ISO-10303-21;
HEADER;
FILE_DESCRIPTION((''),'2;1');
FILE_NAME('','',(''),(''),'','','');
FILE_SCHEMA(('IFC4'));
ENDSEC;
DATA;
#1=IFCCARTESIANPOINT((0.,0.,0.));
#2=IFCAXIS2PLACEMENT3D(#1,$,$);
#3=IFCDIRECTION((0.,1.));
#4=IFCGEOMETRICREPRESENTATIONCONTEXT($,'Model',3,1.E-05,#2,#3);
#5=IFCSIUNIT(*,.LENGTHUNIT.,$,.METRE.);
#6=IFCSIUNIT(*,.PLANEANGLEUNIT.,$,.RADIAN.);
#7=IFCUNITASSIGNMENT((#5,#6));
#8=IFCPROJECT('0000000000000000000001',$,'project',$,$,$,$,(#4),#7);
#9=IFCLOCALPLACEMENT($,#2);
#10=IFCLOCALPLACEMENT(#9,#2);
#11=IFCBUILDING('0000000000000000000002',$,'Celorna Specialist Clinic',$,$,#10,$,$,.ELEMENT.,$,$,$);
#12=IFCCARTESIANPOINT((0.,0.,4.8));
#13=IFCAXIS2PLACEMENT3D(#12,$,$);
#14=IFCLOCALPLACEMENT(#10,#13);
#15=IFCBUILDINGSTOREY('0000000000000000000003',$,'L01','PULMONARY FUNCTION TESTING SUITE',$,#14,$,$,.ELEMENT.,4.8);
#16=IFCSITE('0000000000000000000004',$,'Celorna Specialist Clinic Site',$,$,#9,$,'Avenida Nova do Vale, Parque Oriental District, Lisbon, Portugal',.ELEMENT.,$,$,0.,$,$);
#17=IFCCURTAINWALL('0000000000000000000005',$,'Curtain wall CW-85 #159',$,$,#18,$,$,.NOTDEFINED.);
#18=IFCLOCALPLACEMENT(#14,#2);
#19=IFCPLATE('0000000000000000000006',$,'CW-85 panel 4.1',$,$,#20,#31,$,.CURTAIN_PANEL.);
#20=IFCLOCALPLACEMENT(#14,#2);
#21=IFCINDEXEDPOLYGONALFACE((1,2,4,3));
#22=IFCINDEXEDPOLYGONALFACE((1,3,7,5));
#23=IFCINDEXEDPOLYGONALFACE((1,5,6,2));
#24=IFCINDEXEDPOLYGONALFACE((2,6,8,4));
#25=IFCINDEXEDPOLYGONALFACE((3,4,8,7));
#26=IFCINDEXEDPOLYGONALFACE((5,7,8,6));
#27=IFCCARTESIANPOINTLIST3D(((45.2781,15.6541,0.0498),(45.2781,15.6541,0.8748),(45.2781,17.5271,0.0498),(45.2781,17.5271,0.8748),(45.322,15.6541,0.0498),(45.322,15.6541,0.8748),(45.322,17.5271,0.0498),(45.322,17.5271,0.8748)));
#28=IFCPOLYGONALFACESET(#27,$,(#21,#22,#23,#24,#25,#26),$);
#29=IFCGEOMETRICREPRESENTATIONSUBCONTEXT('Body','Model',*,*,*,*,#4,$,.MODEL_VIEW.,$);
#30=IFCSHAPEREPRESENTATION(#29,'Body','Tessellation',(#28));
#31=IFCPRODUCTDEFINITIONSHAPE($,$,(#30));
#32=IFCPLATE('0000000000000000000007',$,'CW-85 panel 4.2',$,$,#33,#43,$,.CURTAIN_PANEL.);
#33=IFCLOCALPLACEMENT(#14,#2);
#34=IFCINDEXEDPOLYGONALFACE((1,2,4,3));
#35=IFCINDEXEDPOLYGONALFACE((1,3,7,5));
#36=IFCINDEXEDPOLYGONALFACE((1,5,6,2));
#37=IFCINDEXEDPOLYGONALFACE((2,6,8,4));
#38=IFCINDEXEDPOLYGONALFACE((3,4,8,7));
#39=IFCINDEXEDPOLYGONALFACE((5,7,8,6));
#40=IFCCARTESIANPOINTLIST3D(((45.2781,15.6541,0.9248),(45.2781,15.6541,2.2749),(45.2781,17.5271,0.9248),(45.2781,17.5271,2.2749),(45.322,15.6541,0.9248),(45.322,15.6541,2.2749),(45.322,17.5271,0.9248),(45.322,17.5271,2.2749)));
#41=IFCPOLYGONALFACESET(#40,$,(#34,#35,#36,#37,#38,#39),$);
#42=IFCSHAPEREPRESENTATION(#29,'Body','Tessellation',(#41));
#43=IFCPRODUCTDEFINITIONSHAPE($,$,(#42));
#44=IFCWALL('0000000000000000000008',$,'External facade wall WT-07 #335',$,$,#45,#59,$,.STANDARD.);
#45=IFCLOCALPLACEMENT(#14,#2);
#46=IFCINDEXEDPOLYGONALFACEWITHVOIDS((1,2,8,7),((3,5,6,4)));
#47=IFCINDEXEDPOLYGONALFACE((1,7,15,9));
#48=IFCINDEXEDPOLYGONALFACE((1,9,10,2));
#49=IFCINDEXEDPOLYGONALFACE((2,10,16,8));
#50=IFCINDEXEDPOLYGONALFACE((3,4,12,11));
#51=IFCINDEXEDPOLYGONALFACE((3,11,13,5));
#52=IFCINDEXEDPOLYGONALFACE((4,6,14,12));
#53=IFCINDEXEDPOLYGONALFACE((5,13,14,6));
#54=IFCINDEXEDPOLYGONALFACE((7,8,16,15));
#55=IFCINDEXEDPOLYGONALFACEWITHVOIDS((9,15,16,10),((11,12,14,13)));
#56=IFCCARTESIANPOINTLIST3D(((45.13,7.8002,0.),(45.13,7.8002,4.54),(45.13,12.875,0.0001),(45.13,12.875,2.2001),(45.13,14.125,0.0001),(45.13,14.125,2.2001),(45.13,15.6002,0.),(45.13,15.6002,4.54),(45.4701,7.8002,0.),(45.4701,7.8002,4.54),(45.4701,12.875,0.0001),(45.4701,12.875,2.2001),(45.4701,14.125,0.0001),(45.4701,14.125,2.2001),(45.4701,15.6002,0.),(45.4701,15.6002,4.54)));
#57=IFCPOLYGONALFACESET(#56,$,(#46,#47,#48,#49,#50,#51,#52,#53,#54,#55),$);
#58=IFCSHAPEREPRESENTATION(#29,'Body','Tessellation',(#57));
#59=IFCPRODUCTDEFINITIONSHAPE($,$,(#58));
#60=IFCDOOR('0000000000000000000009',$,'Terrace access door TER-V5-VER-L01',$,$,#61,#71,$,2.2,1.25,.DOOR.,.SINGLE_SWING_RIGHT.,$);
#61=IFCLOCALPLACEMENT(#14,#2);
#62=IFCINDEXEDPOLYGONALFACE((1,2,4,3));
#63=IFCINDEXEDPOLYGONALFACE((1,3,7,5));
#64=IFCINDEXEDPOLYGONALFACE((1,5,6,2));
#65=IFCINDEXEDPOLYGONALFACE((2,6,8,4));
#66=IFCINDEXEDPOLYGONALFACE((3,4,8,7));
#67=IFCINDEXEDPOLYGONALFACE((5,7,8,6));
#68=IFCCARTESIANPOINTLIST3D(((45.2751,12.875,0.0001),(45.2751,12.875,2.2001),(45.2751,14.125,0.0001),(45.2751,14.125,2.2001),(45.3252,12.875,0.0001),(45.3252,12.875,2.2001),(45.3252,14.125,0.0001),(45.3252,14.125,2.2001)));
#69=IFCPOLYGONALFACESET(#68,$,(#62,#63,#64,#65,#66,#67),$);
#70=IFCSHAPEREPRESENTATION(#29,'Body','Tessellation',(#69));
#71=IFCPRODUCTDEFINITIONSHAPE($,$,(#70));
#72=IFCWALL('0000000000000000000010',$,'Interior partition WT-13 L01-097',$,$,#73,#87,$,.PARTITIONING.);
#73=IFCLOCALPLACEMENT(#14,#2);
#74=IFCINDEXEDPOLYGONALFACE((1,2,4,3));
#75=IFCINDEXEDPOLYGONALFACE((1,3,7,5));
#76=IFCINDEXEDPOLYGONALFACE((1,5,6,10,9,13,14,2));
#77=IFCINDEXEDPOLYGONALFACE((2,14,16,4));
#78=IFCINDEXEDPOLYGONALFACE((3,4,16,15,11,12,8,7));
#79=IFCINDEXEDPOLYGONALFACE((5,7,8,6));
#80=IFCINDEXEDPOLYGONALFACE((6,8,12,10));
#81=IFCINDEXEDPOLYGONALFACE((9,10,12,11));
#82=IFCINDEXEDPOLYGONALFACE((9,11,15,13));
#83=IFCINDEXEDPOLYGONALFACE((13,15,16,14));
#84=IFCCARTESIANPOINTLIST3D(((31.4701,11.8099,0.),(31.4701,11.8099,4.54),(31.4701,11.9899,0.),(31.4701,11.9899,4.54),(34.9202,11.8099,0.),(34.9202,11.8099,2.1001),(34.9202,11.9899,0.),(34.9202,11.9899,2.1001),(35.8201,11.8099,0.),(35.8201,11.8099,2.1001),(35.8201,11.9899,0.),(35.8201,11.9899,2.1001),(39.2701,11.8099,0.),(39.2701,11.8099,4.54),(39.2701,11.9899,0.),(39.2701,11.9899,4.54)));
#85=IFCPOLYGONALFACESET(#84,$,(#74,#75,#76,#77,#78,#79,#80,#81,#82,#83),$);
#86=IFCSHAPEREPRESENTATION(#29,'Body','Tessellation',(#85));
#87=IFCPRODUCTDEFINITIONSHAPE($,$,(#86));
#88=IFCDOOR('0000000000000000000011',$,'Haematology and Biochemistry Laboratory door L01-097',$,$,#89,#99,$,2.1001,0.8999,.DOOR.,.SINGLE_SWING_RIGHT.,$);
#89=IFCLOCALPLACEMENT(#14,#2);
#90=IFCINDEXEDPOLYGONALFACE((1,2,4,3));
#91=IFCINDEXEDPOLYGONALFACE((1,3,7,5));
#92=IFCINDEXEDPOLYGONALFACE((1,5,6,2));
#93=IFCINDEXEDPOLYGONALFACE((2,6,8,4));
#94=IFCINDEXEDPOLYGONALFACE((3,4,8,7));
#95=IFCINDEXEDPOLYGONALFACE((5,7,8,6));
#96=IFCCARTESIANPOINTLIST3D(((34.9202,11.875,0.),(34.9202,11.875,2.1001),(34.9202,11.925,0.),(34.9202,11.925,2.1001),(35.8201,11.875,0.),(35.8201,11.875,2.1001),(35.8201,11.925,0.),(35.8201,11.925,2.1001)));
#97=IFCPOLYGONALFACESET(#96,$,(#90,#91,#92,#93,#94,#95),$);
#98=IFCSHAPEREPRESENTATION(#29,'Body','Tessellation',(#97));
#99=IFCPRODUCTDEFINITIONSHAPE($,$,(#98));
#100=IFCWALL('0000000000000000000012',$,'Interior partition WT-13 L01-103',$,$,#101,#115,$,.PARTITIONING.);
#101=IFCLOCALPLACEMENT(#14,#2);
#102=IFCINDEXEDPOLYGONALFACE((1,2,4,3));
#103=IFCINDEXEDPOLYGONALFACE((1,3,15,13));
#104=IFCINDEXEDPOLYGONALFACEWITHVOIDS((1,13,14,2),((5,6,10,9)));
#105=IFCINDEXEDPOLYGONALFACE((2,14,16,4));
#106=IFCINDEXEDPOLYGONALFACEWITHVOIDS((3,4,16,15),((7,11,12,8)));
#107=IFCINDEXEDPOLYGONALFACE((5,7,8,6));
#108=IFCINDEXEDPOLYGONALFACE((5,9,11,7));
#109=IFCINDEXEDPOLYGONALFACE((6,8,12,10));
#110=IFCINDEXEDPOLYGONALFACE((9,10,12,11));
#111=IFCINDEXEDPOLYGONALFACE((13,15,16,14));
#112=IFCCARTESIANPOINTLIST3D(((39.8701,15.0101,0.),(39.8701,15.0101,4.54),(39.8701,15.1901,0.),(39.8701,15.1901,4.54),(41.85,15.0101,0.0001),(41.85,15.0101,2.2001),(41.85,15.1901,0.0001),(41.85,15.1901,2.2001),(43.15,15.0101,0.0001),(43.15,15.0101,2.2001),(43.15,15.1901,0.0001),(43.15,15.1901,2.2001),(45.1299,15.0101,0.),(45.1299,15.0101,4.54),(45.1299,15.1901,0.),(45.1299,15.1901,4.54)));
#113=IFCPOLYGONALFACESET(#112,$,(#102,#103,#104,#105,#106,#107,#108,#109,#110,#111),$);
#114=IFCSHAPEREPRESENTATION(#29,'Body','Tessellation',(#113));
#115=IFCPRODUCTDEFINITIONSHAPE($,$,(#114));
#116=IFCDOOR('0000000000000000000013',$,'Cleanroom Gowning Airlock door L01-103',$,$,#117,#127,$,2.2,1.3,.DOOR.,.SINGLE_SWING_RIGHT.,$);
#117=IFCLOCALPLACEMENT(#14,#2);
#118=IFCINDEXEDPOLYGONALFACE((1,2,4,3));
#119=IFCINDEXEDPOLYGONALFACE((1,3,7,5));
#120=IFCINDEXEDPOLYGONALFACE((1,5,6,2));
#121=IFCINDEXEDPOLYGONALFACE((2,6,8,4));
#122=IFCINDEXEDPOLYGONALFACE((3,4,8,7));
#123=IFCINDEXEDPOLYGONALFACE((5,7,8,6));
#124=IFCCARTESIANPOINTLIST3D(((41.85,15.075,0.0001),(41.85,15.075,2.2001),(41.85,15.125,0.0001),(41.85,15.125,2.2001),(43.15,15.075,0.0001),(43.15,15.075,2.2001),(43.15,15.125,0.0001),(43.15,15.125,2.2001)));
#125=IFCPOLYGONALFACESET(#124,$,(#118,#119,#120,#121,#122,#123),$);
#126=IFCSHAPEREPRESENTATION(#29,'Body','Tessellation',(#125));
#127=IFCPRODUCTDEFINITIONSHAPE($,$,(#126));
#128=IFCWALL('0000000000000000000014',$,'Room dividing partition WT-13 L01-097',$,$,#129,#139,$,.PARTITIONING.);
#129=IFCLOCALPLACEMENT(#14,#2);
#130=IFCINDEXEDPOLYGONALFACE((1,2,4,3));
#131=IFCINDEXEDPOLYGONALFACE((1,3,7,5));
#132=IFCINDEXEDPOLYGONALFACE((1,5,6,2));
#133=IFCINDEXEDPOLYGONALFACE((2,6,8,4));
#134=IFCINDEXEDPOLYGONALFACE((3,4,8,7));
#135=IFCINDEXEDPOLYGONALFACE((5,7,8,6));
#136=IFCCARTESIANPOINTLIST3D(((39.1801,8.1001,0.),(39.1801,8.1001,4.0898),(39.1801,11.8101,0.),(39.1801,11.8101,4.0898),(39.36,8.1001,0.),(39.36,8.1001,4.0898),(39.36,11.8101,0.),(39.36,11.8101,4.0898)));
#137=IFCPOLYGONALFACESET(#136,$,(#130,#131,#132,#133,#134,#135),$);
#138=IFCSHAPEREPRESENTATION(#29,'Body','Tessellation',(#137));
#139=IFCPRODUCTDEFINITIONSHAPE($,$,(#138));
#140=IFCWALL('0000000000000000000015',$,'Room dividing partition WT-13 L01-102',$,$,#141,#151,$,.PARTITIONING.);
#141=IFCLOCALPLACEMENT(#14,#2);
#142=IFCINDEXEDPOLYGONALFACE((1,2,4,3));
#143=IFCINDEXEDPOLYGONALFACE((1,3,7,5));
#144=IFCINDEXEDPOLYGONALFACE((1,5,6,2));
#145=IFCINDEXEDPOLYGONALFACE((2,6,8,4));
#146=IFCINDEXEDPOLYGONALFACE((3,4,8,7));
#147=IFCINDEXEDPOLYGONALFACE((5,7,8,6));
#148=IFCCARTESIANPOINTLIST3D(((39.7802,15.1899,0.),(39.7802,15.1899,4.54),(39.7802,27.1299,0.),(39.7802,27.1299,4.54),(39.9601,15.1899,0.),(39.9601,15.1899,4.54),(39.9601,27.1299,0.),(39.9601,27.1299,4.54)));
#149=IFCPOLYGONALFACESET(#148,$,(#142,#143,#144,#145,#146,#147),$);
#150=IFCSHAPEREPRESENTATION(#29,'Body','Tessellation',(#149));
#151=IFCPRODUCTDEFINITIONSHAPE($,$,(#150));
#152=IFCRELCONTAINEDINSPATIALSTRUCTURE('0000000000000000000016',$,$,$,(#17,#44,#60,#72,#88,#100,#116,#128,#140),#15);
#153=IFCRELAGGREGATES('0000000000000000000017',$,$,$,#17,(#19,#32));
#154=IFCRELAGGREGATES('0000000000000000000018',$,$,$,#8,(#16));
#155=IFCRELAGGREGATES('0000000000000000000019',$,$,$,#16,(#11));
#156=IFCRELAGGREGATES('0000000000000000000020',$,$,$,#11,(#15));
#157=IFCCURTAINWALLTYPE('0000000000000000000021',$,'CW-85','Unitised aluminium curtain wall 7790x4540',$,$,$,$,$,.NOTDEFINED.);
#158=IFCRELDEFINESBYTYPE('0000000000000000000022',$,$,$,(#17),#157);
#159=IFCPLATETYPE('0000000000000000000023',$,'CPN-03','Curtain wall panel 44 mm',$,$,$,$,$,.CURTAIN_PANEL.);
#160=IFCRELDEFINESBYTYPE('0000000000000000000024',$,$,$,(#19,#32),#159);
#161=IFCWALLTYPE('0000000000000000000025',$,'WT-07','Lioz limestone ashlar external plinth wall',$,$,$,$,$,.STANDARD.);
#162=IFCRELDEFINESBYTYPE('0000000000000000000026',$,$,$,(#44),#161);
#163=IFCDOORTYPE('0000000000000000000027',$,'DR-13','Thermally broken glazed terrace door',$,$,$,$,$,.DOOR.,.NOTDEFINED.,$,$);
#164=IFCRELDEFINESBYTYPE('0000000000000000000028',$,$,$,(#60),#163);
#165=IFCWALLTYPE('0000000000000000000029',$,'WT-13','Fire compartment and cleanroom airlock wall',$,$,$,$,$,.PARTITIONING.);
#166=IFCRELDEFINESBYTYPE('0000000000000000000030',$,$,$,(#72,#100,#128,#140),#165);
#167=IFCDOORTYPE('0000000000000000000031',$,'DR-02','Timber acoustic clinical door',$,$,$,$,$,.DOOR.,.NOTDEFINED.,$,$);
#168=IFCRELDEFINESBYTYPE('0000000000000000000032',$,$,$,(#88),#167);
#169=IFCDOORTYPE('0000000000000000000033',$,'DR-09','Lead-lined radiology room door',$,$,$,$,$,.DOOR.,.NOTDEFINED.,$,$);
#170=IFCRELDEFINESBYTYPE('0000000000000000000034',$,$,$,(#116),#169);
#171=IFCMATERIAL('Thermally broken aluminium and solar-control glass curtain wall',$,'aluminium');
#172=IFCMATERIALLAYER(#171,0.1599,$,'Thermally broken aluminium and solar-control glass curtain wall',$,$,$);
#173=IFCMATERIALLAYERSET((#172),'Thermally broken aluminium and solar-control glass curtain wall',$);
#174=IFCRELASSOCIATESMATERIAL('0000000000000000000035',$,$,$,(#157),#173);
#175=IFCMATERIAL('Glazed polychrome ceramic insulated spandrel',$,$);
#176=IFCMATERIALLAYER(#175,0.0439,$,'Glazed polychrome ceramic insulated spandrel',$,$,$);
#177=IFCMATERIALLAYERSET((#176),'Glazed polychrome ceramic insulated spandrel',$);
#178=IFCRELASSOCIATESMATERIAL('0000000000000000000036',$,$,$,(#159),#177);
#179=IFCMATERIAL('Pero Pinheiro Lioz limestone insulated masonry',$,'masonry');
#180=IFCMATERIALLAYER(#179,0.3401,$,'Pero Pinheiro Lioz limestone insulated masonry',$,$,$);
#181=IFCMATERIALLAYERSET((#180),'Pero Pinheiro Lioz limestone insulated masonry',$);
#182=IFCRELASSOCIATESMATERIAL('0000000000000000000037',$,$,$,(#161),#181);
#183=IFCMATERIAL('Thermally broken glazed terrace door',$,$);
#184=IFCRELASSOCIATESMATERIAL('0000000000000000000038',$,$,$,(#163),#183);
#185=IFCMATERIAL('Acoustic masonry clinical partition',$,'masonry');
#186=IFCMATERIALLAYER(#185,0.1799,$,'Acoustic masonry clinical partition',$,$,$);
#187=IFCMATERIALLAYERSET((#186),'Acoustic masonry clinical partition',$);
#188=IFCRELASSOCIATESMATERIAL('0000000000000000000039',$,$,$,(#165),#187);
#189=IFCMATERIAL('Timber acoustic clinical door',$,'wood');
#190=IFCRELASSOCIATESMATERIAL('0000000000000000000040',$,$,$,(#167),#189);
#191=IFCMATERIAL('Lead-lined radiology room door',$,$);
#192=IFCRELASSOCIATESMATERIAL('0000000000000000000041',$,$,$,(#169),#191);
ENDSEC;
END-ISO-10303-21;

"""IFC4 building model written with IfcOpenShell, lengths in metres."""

from ifc_helpers import new_model, si_unit, direction, frame, frame_2d, origin, origin_2d, place, context, subcontext, project, spatial, rectangle, extrude, material, layer, layer_set, type_object, element, fill, aggregate, save


model = new_model("IFC4")

# Units and contexts
model_context = context("Model", 3, precision=1e-05, world=origin(), true_north=direction((0.0, 1.0)))
body_context = subcontext(model_context, "Body", "Model", "MODEL_VIEW")
ifc_project = project(units=[si_unit("LENGTHUNIT", "METRE"), si_unit("PLANEANGLEUNIT", "RADIAN")], contexts=[model_context])

# Site, building, storey
site_placement = place(None, origin())
site = spatial("IfcSite", under=ifc_project, at=site_placement, Name="Celorna Specialist Clinic Site", LongName="Avenida Nova do Vale, Parque Oriental District, Lisbon, Portugal", CompositionType="ELEMENT", RefElevation=0.0)
building_placement = place(site_placement, origin())
building = spatial("IfcBuilding", under=site, at=building_placement, Name="Celorna Specialist Clinic", CompositionType="ELEMENT")
storey_placement = place(building_placement, frame((0.0, 0.0, 4.8)))
storey = spatial("IfcBuildingStorey", under=building, at=storey_placement, Name="L01", Description="PULMONARY FUNCTION TESTING SUITE", CompositionType="ELEMENT", Elevation=4.8)

# Curtain wall
ifc_material_1 = material(Name="Thermally broken aluminium and solar-control glass curtain wall", Category="aluminium")
ifc_layer_1 = layer(ifc_material_1, 0.1599, Name="Thermally broken aluminium and solar-control glass curtain wall")
ifc_layer_set_1 = layer_set([ifc_layer_1], Name="Thermally broken aluminium and solar-control glass curtain wall")
curtain_wall_type_1 = type_object("IfcCurtainWallType", Name="CW-85", Description="Unitised aluminium curtain wall 7790x4540", PredefinedType="NOTDEFINED", material=ifc_layer_set_1)
curtain_wall_1_placement = place(storey_placement, origin())
curtain_wall_1 = element("IfcCurtainWall", 1, at=curtain_wall_1_placement, inside=storey, type_object=curtain_wall_type_1, Name="Curtain wall CW-85 #159", PredefinedType="NOTDEFINED")

# Plates
ifc_material_2 = material(Name="Glazed polychrome ceramic insulated spandrel")
ifc_layer_2 = layer(ifc_material_2, 0.0439, Name="Glazed polychrome ceramic insulated spandrel")
ifc_layer_set_2 = layer_set([ifc_layer_2], Name="Glazed polychrome ceramic insulated spandrel")
plate_type = type_object("IfcPlateType", Name="CPN-03", Description="Curtain wall panel 44 mm", PredefinedType="CURTAIN_PANEL", material=ifc_layer_set_2)
plate_1_placement = place(storey_placement, frame((45.3, 16.5906, 0.0498), z_axis=(0.0, 0.0, 1.0), x_axis=(0.0, -1.0, 0.0)))
plate_1 = element("IfcPlate", 2, at=plate_1_placement, type_object=plate_type, Name="CW-85 panel 4.1", PredefinedType="CURTAIN_PANEL", context=body_context, shape_type="SweptSolid", body=[
    extrude(rectangle(XDim=1.873, YDim=0.0439, at=origin_2d()), origin(), (0.0, 0.0, 1.0), 0.825),
])
plate_2_placement = place(storey_placement, frame((45.3, 16.5906, 0.9248), z_axis=(0.0, 0.0, 1.0), x_axis=(0.0, -1.0, 0.0)))
plate_2 = element("IfcPlate", 3, at=plate_2_placement, type_object=plate_type, Name="CW-85 panel 4.2", PredefinedType="CURTAIN_PANEL", context=body_context, shape_type="SweptSolid", body=[
    extrude(rectangle(XDim=1.873, YDim=0.0439, at=origin_2d()), origin(), (0.0, 0.0, 1.0), 1.3501),
])
aggregate(curtain_wall_1, [plate_1, plate_2])

# Walls, openings, doors
ifc_material_3 = material(Name="Pero Pinheiro Lioz limestone insulated masonry", Category="masonry")
ifc_layer_3 = layer(ifc_material_3, 0.3401, Name="Pero Pinheiro Lioz limestone insulated masonry")
ifc_layer_set_3 = layer_set([ifc_layer_3], Name="Pero Pinheiro Lioz limestone insulated masonry")
wall_type_1 = type_object("IfcWallType", Name="WT-07", Description="Lioz limestone ashlar external plinth wall", PredefinedType="STANDARD", material=ifc_layer_set_3)
wall_1_placement = place(storey_placement, frame((45.3, 15.6001, 0.0), z_axis=(0.0, 0.0, 1.0), x_axis=(0.0, -1.0, 0.0)))
wall_1 = element("IfcWall", 4, at=wall_1_placement, inside=storey, type_object=wall_type_1, Name="External facade wall WT-07 #335", PredefinedType="STANDARD", context=body_context, shape_type="SweptSolid", body=[
    extrude(rectangle(XDim=7.8, YDim=0.3401, at=frame_2d((3.8999, 0.0))), origin(), (0.0, 0.0, 1.0), 4.54),
])
opening_1_placement = place(wall_1_placement, frame((1.4751, 0.0, 0.0)))
opening_1 = element("IfcOpeningElement", 5, at=opening_1_placement, cuts=wall_1, PredefinedType="OPENING", context=body_context, shape_type="SweptSolid", body=[
    extrude(rectangle(XDim=1.25, YDim=2.2, at=frame_2d((0.625, 1.1001))), frame((0.0, 0.1799, 0.0), z_axis=(0.0, -1.0, 0.0), x_axis=(1.0, 0.0, 0.0)), (0.0, 0.0, 1.0), 0.3601),
])
ifc_material_4 = material(Name="Thermally broken glazed terrace door")
door_type_1 = type_object("IfcDoorType", Name="DR-13", Description="Thermally broken glazed terrace door", OperationType="NOTDEFINED", PredefinedType="DOOR", material=ifc_material_4)
door_1_placement = place(opening_1_placement, frame((1.25, 0.0, 0.0), z_axis=(0.0, 0.0, 1.0), x_axis=(-1.0, 0.0, 0.0)))
door_1 = element("IfcDoor", 6, at=door_1_placement, inside=storey, type_object=door_type_1, Name="Terrace access door TER-V5-VER-L01", OperationType="SINGLE_SWING_RIGHT", OverallHeight=2.2, OverallWidth=1.25, PredefinedType="DOOR", context=body_context, shape_type="SweptSolid", body=[
    extrude(rectangle(XDim=1.25, YDim=2.2, at=frame_2d((0.625, 1.1001))), frame((0.0, 0.0249, 0.0), z_axis=(0.0, -1.0, 0.0), x_axis=(1.0, 0.0, 0.0)), (0.0, 0.0, 1.0), 0.05),
])
fill(opening_1, door_1)
ifc_material_5 = material(Name="Acoustic masonry clinical partition", Category="masonry")
ifc_layer_4 = layer(ifc_material_5, 0.1799, Name="Acoustic masonry clinical partition")
ifc_layer_set_4 = layer_set([ifc_layer_4], Name="Acoustic masonry clinical partition")
wall_type_2 = type_object("IfcWallType", Name="WT-13", Description="Fire compartment and cleanroom airlock wall", PredefinedType="PARTITIONING", material=ifc_layer_set_4)
wall_2_placement = place(storey_placement, frame((39.27, 11.8999, 0.0), z_axis=(0.0, 0.0, 1.0), x_axis=(-1.0, 0.0, 0.0)))
wall_2 = element("IfcWall", 7, at=wall_2_placement, inside=storey, type_object=wall_type_2, Name="Interior partition WT-13 L01-097", PredefinedType="PARTITIONING", context=body_context, shape_type="SweptSolid", body=[
    extrude(rectangle(XDim=7.8, YDim=0.1799, at=frame_2d((3.8999, 0.0))), origin(), (0.0, 0.0, 1.0), 4.54),
])
opening_2_placement = place(wall_2_placement, frame((3.45, 0.0, 0.0)))
opening_2 = element("IfcOpeningElement", 8, at=opening_2_placement, cuts=wall_2, PredefinedType="OPENING", context=body_context, shape_type="SweptSolid", body=[
    extrude(rectangle(XDim=0.8999, YDim=2.1001, at=frame_2d((0.45, 1.05))), frame((0.0, 0.0999, 0.0), z_axis=(0.0, -1.0, 0.0), x_axis=(1.0, 0.0, 0.0)), (0.0, 0.0, 1.0), 0.2),
])
ifc_material_6 = material(Name="Timber acoustic clinical door", Category="wood")
door_type_2 = type_object("IfcDoorType", Name="DR-02", Description="Timber acoustic clinical door", OperationType="NOTDEFINED", PredefinedType="DOOR", material=ifc_material_6)
door_2_placement = place(opening_2_placement, origin())
door_2 = element("IfcDoor", 9, at=door_2_placement, inside=storey, type_object=door_type_2, Name="Haematology and Biochemistry Laboratory door L01-097", OperationType="SINGLE_SWING_RIGHT", OverallHeight=2.1001, OverallWidth=0.8999, PredefinedType="DOOR", context=body_context, shape_type="SweptSolid", body=[
    extrude(rectangle(XDim=0.8999, YDim=2.1001, at=frame_2d((0.45, 1.05))), frame((0.0, 0.0249, 0.0), z_axis=(0.0, -1.0, 0.0), x_axis=(1.0, 0.0, 0.0)), (0.0, 0.0, 1.0), 0.05),
])
fill(opening_2, door_2)
wall_3_placement = place(storey_placement, frame((39.8701, 15.1001, 0.0), z_axis=(0.0, 0.0, 1.0), x_axis=(1.0, 0.0, 0.0)))
wall_3 = element("IfcWall", 10, at=wall_3_placement, inside=storey, type_object=wall_type_2, Name="Interior partition WT-13 L01-103", PredefinedType="PARTITIONING", context=body_context, shape_type="SweptSolid", body=[
    extrude(rectangle(XDim=5.2598, YDim=0.1799, at=frame_2d((2.6299, 0.0))), origin(), (0.0, 0.0, 1.0), 4.54),
])
opening_3_placement = place(wall_3_placement, frame((1.98, 0.0, 0.0)))
opening_3 = element("IfcOpeningElement", 11, at=opening_3_placement, cuts=wall_3, PredefinedType="OPENING", context=body_context, shape_type="SweptSolid", body=[
    extrude(rectangle(XDim=1.3, YDim=2.2, at=frame_2d((0.6499, 1.1001))), frame((0.0, 0.0999, 0.0), z_axis=(0.0, -1.0, 0.0), x_axis=(1.0, 0.0, 0.0)), (0.0, 0.0, 1.0), 0.2),
])
ifc_material_7 = material(Name="Lead-lined radiology room door")
door_type_3 = type_object("IfcDoorType", Name="DR-09", Description="Lead-lined radiology room door", OperationType="NOTDEFINED", PredefinedType="DOOR", material=ifc_material_7)
door_3_placement = place(opening_3_placement, origin())
door_3 = element("IfcDoor", 12, at=door_3_placement, inside=storey, type_object=door_type_3, Name="Cleanroom Gowning Airlock door L01-103", OperationType="SINGLE_SWING_RIGHT", OverallHeight=2.2, OverallWidth=1.3, PredefinedType="DOOR", context=body_context, shape_type="SweptSolid", body=[
    extrude(rectangle(XDim=1.3, YDim=2.2, at=frame_2d((0.6499, 1.1001))), frame((0.0, 0.0249, 0.0), z_axis=(0.0, -1.0, 0.0), x_axis=(1.0, 0.0, 0.0)), (0.0, 0.0, 1.0), 0.05),
])
fill(opening_3, door_3)

# Walls
wall_4_placement = place(storey_placement, frame((39.27, 8.1001, 0.0), z_axis=(0.0, 0.0, 1.0), x_axis=(0.0, 1.0, 0.0)))
element("IfcWall", 13, at=wall_4_placement, inside=storey, type_object=wall_type_2, Name="Room dividing partition WT-13 L01-097", PredefinedType="PARTITIONING", context=body_context, shape_type="SweptSolid", body=[
    extrude(rectangle(XDim=3.71, YDim=0.1799, at=frame_2d((1.855, 0.0))), origin(), (0.0, 0.0, 1.0), 4.0898),
])
wall_5_placement = place(storey_placement, frame((39.8701, 15.1899, 0.0), z_axis=(0.0, 0.0, 1.0), x_axis=(0.0, 1.0, 0.0)))
element("IfcWall", 14, at=wall_5_placement, inside=storey, type_object=wall_type_2, Name="Room dividing partition WT-13 L01-102", PredefinedType="PARTITIONING", context=body_context, shape_type="SweptSolid", body=[
    extrude(rectangle(XDim=11.9399, YDim=0.1799, at=frame_2d((5.97, 0.0))), origin(), (0.0, 0.0, 1.0), 4.54),
])

save(model, "model.ifc")
